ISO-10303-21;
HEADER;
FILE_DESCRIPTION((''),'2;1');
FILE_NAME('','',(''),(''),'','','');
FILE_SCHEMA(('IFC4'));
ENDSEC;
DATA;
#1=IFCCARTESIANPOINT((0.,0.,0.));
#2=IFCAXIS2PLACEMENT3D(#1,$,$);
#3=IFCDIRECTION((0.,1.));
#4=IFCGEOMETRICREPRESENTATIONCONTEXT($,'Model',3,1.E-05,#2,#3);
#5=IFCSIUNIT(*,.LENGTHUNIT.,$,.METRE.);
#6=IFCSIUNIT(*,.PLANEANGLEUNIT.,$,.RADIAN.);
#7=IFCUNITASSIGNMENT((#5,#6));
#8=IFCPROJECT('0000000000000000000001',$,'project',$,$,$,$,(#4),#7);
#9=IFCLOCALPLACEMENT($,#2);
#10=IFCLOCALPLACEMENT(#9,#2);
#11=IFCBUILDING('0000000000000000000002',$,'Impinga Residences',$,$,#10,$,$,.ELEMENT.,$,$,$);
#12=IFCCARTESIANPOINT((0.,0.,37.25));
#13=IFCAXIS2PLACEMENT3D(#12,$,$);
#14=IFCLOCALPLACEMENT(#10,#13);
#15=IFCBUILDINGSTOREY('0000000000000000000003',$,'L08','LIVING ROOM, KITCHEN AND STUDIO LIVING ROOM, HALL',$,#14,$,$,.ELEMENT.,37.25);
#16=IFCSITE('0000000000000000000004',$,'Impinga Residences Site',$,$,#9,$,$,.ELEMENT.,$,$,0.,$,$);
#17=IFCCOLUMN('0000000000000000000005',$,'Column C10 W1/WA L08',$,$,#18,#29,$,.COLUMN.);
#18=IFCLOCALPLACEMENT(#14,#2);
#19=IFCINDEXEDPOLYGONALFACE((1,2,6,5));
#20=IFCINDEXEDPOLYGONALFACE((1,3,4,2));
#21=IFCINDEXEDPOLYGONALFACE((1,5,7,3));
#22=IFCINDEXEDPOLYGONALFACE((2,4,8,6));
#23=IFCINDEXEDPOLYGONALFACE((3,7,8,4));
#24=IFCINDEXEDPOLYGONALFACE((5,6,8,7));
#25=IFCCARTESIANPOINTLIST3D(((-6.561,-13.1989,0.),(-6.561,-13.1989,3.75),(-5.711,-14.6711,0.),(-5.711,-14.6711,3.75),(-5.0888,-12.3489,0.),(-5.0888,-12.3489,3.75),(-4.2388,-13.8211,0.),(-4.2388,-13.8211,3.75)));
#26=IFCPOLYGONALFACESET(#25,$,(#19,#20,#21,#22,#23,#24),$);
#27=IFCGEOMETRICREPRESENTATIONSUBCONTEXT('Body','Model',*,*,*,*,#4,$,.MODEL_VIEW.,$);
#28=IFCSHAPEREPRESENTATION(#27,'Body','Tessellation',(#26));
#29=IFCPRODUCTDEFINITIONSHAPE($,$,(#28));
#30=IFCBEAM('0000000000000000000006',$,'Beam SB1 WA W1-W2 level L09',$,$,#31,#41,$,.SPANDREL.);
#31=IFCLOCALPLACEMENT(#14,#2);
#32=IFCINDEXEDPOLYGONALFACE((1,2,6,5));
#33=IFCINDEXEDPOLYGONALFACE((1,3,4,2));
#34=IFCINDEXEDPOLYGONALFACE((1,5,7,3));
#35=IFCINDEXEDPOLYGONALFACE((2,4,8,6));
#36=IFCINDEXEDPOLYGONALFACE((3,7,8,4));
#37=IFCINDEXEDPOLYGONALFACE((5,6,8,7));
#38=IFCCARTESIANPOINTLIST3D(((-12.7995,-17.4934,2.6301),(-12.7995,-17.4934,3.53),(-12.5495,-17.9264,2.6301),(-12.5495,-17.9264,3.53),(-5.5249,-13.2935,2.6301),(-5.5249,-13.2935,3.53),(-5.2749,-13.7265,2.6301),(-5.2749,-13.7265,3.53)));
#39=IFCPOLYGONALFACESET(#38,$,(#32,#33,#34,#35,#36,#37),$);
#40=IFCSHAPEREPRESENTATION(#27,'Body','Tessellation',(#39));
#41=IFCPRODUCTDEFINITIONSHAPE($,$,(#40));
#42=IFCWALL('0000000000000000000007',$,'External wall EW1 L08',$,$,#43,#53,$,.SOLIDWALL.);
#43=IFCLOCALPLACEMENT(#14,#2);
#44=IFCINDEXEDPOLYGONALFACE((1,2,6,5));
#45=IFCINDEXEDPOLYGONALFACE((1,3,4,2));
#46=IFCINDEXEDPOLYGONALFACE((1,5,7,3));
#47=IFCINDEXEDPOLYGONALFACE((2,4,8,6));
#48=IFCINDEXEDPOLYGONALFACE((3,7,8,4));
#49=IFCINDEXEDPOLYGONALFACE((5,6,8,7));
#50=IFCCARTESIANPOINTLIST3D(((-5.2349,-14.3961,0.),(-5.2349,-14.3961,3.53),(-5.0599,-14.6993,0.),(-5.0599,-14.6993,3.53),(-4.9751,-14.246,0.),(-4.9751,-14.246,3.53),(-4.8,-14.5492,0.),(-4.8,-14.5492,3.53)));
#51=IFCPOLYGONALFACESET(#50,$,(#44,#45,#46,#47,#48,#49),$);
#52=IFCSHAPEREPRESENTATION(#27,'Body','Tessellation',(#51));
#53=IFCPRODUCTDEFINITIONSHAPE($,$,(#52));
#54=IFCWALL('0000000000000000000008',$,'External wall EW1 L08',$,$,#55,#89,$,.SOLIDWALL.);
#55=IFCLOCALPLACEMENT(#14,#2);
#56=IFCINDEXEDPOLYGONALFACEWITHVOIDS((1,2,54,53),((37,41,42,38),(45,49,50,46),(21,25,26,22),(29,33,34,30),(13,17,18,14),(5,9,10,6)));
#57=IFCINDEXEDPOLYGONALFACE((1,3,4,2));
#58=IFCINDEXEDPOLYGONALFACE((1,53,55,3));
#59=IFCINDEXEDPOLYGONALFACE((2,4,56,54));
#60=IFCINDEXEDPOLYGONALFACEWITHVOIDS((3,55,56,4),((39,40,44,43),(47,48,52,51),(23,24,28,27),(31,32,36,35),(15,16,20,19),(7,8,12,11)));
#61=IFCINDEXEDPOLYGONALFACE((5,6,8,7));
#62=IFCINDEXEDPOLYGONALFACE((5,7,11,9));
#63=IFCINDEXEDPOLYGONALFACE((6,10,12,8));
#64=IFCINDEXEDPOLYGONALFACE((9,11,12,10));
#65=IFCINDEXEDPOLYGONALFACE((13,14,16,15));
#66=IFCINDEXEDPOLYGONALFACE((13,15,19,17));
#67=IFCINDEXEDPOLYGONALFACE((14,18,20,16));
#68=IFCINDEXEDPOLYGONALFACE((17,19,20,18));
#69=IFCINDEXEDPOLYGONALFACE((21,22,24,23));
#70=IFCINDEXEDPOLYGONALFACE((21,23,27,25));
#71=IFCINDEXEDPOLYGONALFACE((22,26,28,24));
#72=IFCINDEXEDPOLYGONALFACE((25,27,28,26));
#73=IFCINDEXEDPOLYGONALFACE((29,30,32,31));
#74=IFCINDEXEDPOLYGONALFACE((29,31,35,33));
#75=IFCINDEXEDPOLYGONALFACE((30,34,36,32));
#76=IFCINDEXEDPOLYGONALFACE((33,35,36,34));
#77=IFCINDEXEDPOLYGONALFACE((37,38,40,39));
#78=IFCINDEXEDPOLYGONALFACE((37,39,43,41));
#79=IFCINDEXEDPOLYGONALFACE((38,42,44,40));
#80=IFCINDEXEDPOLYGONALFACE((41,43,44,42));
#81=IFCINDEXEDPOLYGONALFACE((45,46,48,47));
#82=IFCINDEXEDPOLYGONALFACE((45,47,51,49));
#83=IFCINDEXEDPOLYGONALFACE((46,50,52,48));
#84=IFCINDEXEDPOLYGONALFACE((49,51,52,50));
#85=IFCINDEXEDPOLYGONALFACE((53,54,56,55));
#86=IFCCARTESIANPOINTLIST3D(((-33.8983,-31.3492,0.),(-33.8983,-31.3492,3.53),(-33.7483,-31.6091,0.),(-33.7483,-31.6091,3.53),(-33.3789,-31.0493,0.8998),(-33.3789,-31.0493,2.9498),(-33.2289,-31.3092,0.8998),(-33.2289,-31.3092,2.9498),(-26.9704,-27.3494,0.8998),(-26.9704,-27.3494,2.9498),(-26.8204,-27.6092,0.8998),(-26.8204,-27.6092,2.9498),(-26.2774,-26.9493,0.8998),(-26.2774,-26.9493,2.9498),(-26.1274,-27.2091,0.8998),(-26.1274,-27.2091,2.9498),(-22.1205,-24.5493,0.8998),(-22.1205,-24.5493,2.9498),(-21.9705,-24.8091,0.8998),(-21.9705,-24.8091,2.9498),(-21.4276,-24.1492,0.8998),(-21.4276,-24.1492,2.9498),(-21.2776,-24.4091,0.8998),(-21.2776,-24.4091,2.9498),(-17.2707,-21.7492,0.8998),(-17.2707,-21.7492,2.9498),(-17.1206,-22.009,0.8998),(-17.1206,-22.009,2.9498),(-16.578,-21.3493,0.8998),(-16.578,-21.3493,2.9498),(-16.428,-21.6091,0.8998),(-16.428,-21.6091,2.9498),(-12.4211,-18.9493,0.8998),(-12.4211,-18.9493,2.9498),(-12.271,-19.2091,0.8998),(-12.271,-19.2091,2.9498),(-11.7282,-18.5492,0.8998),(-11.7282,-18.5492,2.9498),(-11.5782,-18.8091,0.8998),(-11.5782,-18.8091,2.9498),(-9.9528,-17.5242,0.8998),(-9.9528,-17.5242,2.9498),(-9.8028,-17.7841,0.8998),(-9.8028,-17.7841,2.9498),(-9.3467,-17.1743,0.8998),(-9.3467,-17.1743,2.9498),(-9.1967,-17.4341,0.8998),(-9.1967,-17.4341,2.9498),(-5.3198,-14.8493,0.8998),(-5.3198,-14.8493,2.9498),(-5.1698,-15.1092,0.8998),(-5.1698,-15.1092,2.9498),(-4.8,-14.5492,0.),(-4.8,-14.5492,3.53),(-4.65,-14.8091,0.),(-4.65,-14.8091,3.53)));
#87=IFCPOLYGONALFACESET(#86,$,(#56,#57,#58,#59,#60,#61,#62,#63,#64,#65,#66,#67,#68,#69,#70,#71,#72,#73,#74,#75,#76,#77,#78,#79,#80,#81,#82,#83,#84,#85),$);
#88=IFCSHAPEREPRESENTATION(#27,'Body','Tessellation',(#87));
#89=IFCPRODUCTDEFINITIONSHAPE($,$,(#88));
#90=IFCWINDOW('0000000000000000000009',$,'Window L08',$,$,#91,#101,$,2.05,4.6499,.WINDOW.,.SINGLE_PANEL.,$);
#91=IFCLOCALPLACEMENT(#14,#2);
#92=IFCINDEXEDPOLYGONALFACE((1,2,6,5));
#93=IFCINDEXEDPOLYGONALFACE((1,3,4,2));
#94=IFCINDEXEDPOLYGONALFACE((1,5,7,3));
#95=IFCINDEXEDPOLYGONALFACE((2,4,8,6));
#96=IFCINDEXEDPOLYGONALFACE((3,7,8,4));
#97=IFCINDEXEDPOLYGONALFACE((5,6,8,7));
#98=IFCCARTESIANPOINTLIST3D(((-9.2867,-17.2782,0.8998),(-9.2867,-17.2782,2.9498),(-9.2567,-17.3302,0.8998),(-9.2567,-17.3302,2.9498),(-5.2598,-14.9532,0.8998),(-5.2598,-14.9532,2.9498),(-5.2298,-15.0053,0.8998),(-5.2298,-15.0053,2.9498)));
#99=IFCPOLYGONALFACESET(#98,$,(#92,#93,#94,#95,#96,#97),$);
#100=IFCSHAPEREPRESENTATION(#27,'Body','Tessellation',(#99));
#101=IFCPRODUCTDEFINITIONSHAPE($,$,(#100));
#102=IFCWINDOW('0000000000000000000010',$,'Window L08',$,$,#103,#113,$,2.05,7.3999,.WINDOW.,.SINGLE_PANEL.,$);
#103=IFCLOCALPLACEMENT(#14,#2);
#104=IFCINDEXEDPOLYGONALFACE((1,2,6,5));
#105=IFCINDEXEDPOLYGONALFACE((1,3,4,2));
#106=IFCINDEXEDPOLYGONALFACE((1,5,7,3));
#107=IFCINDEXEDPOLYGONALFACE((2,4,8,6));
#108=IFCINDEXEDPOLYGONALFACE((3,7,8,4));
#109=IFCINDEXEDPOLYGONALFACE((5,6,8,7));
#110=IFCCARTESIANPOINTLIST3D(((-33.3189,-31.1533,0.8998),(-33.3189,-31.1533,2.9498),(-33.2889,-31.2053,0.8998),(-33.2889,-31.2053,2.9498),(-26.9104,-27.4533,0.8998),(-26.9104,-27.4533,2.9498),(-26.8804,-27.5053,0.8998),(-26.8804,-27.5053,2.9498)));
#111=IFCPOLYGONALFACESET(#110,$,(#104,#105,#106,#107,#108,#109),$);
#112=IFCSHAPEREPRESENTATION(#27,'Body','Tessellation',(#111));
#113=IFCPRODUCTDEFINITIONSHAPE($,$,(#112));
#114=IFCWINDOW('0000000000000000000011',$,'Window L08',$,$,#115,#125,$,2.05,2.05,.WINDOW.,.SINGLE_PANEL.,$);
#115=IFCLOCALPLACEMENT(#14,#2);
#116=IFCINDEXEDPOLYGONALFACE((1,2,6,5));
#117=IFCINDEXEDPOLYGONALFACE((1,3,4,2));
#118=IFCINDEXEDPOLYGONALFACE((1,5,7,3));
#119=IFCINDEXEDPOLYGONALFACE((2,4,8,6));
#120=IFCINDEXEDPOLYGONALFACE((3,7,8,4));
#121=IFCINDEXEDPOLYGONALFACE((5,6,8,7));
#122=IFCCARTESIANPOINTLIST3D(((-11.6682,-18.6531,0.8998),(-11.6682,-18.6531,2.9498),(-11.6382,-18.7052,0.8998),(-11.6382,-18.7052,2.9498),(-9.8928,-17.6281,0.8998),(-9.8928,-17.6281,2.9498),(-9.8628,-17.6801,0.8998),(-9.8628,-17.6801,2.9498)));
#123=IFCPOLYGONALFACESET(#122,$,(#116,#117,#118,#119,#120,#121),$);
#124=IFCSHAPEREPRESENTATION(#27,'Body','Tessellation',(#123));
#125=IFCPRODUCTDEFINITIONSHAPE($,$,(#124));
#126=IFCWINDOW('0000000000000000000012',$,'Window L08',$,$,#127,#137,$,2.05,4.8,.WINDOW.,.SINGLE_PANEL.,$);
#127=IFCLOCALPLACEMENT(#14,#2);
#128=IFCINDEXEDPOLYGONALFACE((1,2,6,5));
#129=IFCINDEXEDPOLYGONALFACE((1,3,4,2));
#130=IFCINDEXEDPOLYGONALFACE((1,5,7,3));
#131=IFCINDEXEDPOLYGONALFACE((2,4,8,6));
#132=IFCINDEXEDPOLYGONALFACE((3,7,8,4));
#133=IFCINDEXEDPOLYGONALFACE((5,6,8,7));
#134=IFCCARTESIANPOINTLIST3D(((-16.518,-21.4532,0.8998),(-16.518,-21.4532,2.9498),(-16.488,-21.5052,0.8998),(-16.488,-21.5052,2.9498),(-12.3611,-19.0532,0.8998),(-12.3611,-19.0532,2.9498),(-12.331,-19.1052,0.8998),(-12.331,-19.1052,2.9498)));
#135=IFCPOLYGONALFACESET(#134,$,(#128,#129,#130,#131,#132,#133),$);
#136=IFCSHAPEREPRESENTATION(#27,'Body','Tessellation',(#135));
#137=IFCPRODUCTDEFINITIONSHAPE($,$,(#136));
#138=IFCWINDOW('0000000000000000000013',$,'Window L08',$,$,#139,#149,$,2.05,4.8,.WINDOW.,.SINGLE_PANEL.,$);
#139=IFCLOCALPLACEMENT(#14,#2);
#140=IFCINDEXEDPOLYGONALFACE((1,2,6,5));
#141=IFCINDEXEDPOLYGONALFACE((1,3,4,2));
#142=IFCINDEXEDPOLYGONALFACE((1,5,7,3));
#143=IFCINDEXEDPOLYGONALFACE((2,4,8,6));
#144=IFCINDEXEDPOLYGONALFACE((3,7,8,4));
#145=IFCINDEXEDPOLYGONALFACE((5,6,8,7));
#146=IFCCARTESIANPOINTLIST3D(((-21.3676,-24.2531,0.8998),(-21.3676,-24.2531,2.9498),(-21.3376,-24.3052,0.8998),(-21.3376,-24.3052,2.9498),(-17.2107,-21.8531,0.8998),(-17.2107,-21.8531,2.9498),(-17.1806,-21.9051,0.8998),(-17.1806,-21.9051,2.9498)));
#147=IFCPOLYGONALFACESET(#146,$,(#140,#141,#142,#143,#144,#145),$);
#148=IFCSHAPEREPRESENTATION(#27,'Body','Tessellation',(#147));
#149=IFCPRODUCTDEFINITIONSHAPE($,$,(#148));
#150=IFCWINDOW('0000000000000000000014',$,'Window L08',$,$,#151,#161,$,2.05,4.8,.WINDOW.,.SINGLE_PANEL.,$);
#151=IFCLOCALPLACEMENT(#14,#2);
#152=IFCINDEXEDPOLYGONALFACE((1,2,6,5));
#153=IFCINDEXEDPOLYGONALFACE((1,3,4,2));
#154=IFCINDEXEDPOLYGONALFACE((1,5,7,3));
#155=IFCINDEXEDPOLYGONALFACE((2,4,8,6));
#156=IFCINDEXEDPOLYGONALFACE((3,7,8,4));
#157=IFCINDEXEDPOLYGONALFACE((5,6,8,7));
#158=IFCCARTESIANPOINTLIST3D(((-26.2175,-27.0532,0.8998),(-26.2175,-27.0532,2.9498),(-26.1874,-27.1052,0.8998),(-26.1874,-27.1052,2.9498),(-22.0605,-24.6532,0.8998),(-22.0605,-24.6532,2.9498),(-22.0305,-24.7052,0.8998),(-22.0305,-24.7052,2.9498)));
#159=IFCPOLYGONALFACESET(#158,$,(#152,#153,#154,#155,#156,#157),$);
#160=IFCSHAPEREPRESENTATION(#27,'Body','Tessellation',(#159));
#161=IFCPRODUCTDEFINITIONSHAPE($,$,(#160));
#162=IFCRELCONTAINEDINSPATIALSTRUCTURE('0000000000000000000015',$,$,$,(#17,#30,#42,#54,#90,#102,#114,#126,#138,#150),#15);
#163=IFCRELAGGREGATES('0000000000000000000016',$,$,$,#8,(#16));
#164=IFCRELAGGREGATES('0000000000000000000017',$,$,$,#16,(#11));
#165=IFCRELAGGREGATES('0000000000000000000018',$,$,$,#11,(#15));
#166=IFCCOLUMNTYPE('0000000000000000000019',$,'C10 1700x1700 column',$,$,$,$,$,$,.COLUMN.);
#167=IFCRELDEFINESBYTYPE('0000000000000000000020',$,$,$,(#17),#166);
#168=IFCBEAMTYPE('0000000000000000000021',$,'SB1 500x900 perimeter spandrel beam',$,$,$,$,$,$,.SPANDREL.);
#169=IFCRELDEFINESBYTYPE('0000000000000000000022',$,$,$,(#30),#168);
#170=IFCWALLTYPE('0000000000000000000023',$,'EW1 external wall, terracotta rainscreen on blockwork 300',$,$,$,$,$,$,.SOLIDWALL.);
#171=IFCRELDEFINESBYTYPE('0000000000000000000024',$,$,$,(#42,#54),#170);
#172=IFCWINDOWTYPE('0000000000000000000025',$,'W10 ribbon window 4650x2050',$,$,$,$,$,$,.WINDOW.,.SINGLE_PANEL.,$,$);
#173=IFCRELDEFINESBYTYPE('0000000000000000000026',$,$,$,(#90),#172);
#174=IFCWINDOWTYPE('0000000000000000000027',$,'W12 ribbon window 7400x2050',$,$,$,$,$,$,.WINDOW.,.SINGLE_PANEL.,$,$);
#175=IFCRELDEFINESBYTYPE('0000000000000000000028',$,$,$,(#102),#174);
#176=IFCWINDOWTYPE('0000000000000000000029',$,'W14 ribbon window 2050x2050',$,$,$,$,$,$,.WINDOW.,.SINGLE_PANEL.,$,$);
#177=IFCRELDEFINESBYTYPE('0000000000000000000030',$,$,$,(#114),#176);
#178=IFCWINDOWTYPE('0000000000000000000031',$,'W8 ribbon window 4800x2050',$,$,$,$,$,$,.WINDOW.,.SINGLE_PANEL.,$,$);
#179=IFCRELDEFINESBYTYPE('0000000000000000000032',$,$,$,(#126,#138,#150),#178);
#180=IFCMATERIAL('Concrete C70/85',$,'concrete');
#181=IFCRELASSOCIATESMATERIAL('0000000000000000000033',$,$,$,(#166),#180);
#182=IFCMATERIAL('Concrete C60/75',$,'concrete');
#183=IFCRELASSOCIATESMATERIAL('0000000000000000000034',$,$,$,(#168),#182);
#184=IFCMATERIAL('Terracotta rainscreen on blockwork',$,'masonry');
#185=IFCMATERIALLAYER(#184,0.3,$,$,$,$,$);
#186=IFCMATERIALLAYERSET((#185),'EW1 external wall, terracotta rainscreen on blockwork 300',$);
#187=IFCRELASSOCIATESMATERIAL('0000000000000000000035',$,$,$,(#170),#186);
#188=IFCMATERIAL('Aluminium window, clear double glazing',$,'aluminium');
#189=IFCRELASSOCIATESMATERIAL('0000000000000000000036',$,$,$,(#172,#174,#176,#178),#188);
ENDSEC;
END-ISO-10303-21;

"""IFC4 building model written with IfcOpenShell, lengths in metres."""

from ifc_helpers import new_model, si_unit, direction, frame, frame_2d, origin, origin_2d, place, context, subcontext, project, spatial, rectangle, extrude, material, layer, layer_set, material_profile, profile_set, type_object, element, fill, save


model = new_model("IFC4")

# Units and contexts
model_context = context("Model", 3, precision=1e-05, world=origin(), true_north=direction((0.0, 1.0)))
body_context = subcontext(model_context, "Body", "Model", "MODEL_VIEW")
ifc_project = project(units=[si_unit("LENGTHUNIT", "METRE"), si_unit("PLANEANGLEUNIT", "RADIAN")], contexts=[model_context])

# Site, building, storey
site_placement = place(None, origin())
site = spatial("IfcSite", under=ifc_project, at=site_placement, Name="Impinga Residences Site", CompositionType="ELEMENT", RefElevation=0.0)
building_placement = place(site_placement, origin())
building = spatial("IfcBuilding", under=site, at=building_placement, Name="Impinga Residences", CompositionType="ELEMENT")
storey_placement = place(building_placement, frame((0.0, 0.0, 37.25)))
storey = spatial("IfcBuildingStorey", under=building, at=storey_placement, Name="L08", Description="LIVING ROOM, KITCHEN AND STUDIO LIVING ROOM, HALL", CompositionType="ELEMENT", Elevation=37.25)

# Column
ifc_material_1 = material(Name="Concrete C70/85", Category="concrete")
ifc_material_profile_1 = material_profile(ifc_material_1, rectangle(XDim=1.7, YDim=1.7, at=origin_2d()), Name="RC 1700x1700")
ifc_profile_set_1 = profile_set([ifc_material_profile_1], Name="Concrete C70/85")
column_type = type_object("IfcColumnType", Name="C10 1700x1700 column", PredefinedType="COLUMN", material=ifc_profile_set_1)
column_placement = place(storey_placement, frame((-5.3999, -13.51, 0.0), z_axis=(0.0, 0.0, 1.0), x_axis=(-0.5, 0.866025, 0.0)))
element("IfcColumn", 1, at=column_placement, inside=storey, type_object=column_type, Name="Column C10 W1/WA L08", PredefinedType="COLUMN", context=body_context, shape_type="SweptSolid", body=[
    extrude(rectangle(XDim=1.7, YDim=1.7, at=origin_2d()), origin(), (0.0, 0.0, 1.0), 3.75),
])

# Beam
ifc_material_2 = material(Name="Concrete C60/75", Category="concrete")
ifc_material_profile_2 = material_profile(ifc_material_2, rectangle(XDim=0.5, YDim=0.8999, at=origin_2d()), Name="RC 500x900")
ifc_profile_set_2 = profile_set([ifc_material_profile_2], Name="Concrete C60/75")
beam_type = type_object("IfcBeamType", Name="SB1 500x900 perimeter spandrel beam", PredefinedType="SPANDREL", material=ifc_profile_set_2)
beam_placement = place(storey_placement, frame((-5.3999, -13.51, 3.0801), z_axis=(-0.866029, -0.499993, 0.0), x_axis=(0.499993, -0.866029, 0.0)))
element("IfcBeam", 2, at=beam_placement, inside=storey, type_object=beam_type, Name="Beam SB1 WA W1-W2 level L09", PredefinedType="SPANDREL", context=body_context, shape_type="SweptSolid", body=[
    extrude(rectangle(XDim=0.5, YDim=0.8999, at=origin_2d()), origin(), (0.0, 0.0, 1.0), 8.3999),
])

# Wall
ifc_material_3 = material(Name="Terracotta rainscreen on blockwork", Category="masonry")
ifc_layer_1 = layer(ifc_material_3, 0.3)
ifc_layer_set_1 = layer_set([ifc_layer_1], Name="EW1 external wall, terracotta rainscreen on blockwork 300")
wall_type_1 = type_object("IfcWallType", Name="EW1 external wall, terracotta rainscreen on blockwork 300", PredefinedType="SOLIDWALL", material=ifc_layer_set_1)
wall_1_placement = place(storey_placement, frame((-5.105, -14.321, 0.0), z_axis=(0.0, 0.0, 1.0), x_axis=(0.499964, -0.866046, 0.0)))
element("IfcWall", 3, at=wall_1_placement, inside=storey, type_object=wall_type_1, Name="External wall EW1 L08", PredefinedType="SOLIDWALL", context=body_context, shape_type="SweptSolid", body=[
    extrude(rectangle(XDim=0.3501, YDim=0.3, at=frame_2d((0.175, 0.0))), origin(), (0.0, 0.0, 1.0), 3.53),
])

# Wall, openings, windows
wall_2_placement = place(storey_placement, frame((-4.7251, -14.6792, 0.0), z_axis=(0.0, 0.0, 1.0), x_axis=(-0.866024, -0.500002, 0.0)))
wall_2 = element("IfcWall", 4, at=wall_2_placement, inside=storey, type_object=wall_type_1, Name="External wall EW1 L08", PredefinedType="SOLIDWALL", context=body_context, shape_type="SweptSolid", body=[
    extrude(rectangle(XDim=33.5999, YDim=0.3, at=frame_2d((16.7998, 0.0))), origin(), (0.0, 0.0, 1.0), 3.53),
])
opening_1_placement = place(wall_2_placement, frame((0.6001, 0.0, 0.8999)))
opening_1 = element("IfcOpeningElement", 5, at=opening_1_placement, cuts=wall_2, PredefinedType="OPENING", context=body_context, shape_type="SweptSolid", body=[
    extrude(rectangle(XDim=4.6499, YDim=2.05, at=frame_2d((2.325, 1.0249))), frame((0.0, 0.1599, 0.0), z_axis=(0.0, -1.0, 0.0), x_axis=(1.0, 0.0, 0.0)), (0.0, 0.0, 1.0), 0.3201),
])
opening_2_placement = place(wall_2_placement, frame((5.95, 0.0, 0.8999)))
opening_2 = element("IfcOpeningElement", 6, at=opening_2_placement, cuts=wall_2, PredefinedType="OPENING", context=body_context, shape_type="SweptSolid", body=[
    extrude(rectangle(XDim=2.05, YDim=2.05, at=frame_2d((1.0249, 1.0249))), frame((0.0, 0.1599, 0.0), z_axis=(0.0, -1.0, 0.0), x_axis=(1.0, 0.0, 0.0)), (0.0, 0.0, 1.0), 0.3201),
])
opening_3_placement = place(wall_2_placement, frame((8.8, 0.0, 0.8999)))
opening_3 = element("IfcOpeningElement", 7, at=opening_3_placement, cuts=wall_2, PredefinedType="OPENING", context=body_context, shape_type="SweptSolid", body=[
    extrude(rectangle(XDim=4.8, YDim=2.05, at=frame_2d((2.3999, 1.0249))), frame((0.0, 0.1599, 0.0), z_axis=(0.0, -1.0, 0.0), x_axis=(1.0, 0.0, 0.0)), (0.0, 0.0, 1.0), 0.3201),
])
opening_4_placement = place(wall_2_placement, frame((14.3999, 0.0, 0.8999)))
opening_4 = element("IfcOpeningElement", 8, at=opening_4_placement, cuts=wall_2, PredefinedType="OPENING", context=body_context, shape_type="SweptSolid", body=[
    extrude(rectangle(XDim=4.8, YDim=2.05, at=frame_2d((2.3999, 1.0249))), frame((0.0, 0.1599, 0.0), z_axis=(0.0, -1.0, 0.0), x_axis=(1.0, 0.0, 0.0)), (0.0, 0.0, 1.0), 0.3201),
])
opening_5_placement = place(wall_2_placement, frame((20.0, 0.0, 0.8999)))
opening_5 = element("IfcOpeningElement", 9, at=opening_5_placement, cuts=wall_2, PredefinedType="OPENING", context=body_context, shape_type="SweptSolid", body=[
    extrude(rectangle(XDim=4.8, YDim=2.05, at=frame_2d((2.3999, 1.0249))), frame((0.0, 0.1599, 0.0), z_axis=(0.0, -1.0, 0.0), x_axis=(1.0, 0.0, 0.0)), (0.0, 0.0, 1.0), 0.3201),
])
opening_6_placement = place(wall_2_placement, frame((25.6001, 0.0, 0.8999)))
opening_6 = element("IfcOpeningElement", 10, at=opening_6_placement, cuts=wall_2, PredefinedType="OPENING", context=body_context, shape_type="SweptSolid", body=[
    extrude(rectangle(XDim=7.3999, YDim=2.05, at=frame_2d((3.7, 1.0249))), frame((0.0, 0.1599, 0.0), z_axis=(0.0, -1.0, 0.0), x_axis=(1.0, 0.0, 0.0)), (0.0, 0.0, 1.0), 0.3201),
])
ifc_material_4 = material(Name="Aluminium window, clear double glazing", Category="aluminium")
window_type_1 = type_object("IfcWindowType", Name="W10 ribbon window 4650x2050", PartitioningType="SINGLE_PANEL", PredefinedType="WINDOW", material=ifc_material_4)
window_1_placement = place(opening_1_placement, origin())
window_1 = element("IfcWindow", 11, at=window_1_placement, inside=storey, type_object=window_type_1, Name="Window L08", OverallHeight=2.05, OverallWidth=4.6499, PartitioningType="SINGLE_PANEL", PredefinedType="WINDOW", context=body_context, shape_type="SweptSolid", body=[
    extrude(rectangle(XDim=4.6499, YDim=2.05, at=frame_2d((2.325, 1.0249))), frame((0.0, 0.03, 0.0), z_axis=(0.0, -1.0, 0.0), x_axis=(1.0, 0.0, 0.0)), (0.0, 0.0, 1.0), 0.0601),
])
fill(opening_1, window_1)
window_type_2 = type_object("IfcWindowType", Name="W12 ribbon window 7400x2050", PartitioningType="SINGLE_PANEL", PredefinedType="WINDOW", material=ifc_material_4)
window_2_placement = place(opening_6_placement, origin())
window_2 = element("IfcWindow", 12, at=window_2_placement, inside=storey, type_object=window_type_2, Name="Window L08", OverallHeight=2.05, OverallWidth=7.3999, PartitioningType="SINGLE_PANEL", PredefinedType="WINDOW", context=body_context, shape_type="SweptSolid", body=[
    extrude(rectangle(XDim=7.3999, YDim=2.05, at=frame_2d((3.7, 1.0249))), frame((0.0, 0.03, 0.0), z_axis=(0.0, -1.0, 0.0), x_axis=(1.0, 0.0, 0.0)), (0.0, 0.0, 1.0), 0.0601),
])
fill(opening_6, window_2)
window_type_3 = type_object("IfcWindowType", Name="W14 ribbon window 2050x2050", PartitioningType="SINGLE_PANEL", PredefinedType="WINDOW", material=ifc_material_4)
window_3_placement = place(opening_2_placement, origin())
window_3 = element("IfcWindow", 13, at=window_3_placement, inside=storey, type_object=window_type_3, Name="Window L08", OverallHeight=2.05, OverallWidth=2.05, PartitioningType="SINGLE_PANEL", PredefinedType="WINDOW", context=body_context, shape_type="SweptSolid", body=[
    extrude(rectangle(XDim=2.05, YDim=2.05, at=frame_2d((1.0249, 1.0249))), frame((0.0, 0.03, 0.0), z_axis=(0.0, -1.0, 0.0), x_axis=(1.0, 0.0, 0.0)), (0.0, 0.0, 1.0), 0.0601),
])
fill(opening_2, window_3)
window_type_4 = type_object("IfcWindowType", Name="W8 ribbon window 4800x2050", PartitioningType="SINGLE_PANEL", PredefinedType="WINDOW", material=ifc_material_4)
window_4_placement = place(opening_3_placement, origin())
window_4 = element("IfcWindow", 14, at=window_4_placement, inside=storey, type_object=window_type_4, Name="Window L08", OverallHeight=2.05, OverallWidth=4.8, PartitioningType="SINGLE_PANEL", PredefinedType="WINDOW", context=body_context, shape_type="SweptSolid", body=[
    extrude(rectangle(XDim=4.8, YDim=2.05, at=frame_2d((2.3999, 1.0249))), frame((0.0, 0.03, 0.0), z_axis=(0.0, -1.0, 0.0), x_axis=(1.0, 0.0, 0.0)), (0.0, 0.0, 1.0), 0.0601),
])
fill(opening_3, window_4)
window_5_placement = place(opening_4_placement, origin())
window_5 = element("IfcWindow", 15, at=window_5_placement, inside=storey, type_object=window_type_4, Name="Window L08", OverallHeight=2.05, OverallWidth=4.8, PartitioningType="SINGLE_PANEL", PredefinedType="WINDOW", context=body_context, shape_type="SweptSolid", body=[
    extrude(rectangle(XDim=4.8, YDim=2.05, at=frame_2d((2.3999, 1.0249))), frame((0.0, 0.03, 0.0), z_axis=(0.0, -1.0, 0.0), x_axis=(1.0, 0.0, 0.0)), (0.0, 0.0, 1.0), 0.0601),
])
fill(opening_4, window_5)
window_6_placement = place(opening_5_placement, origin())
window_6 = element("IfcWindow", 16, at=window_6_placement, inside=storey, type_object=window_type_4, Name="Window L08", OverallHeight=2.05, OverallWidth=4.8, PartitioningType="SINGLE_PANEL", PredefinedType="WINDOW", context=body_context, shape_type="SweptSolid", body=[
    extrude(rectangle(XDim=4.8, YDim=2.05, at=frame_2d((2.3999, 1.0249))), frame((0.0, 0.03, 0.0), z_axis=(0.0, -1.0, 0.0), x_axis=(1.0, 0.0, 0.0)), (0.0, 0.0, 1.0), 0.0601),
])
fill(opening_5, window_6)

save(model, "model.ifc")
